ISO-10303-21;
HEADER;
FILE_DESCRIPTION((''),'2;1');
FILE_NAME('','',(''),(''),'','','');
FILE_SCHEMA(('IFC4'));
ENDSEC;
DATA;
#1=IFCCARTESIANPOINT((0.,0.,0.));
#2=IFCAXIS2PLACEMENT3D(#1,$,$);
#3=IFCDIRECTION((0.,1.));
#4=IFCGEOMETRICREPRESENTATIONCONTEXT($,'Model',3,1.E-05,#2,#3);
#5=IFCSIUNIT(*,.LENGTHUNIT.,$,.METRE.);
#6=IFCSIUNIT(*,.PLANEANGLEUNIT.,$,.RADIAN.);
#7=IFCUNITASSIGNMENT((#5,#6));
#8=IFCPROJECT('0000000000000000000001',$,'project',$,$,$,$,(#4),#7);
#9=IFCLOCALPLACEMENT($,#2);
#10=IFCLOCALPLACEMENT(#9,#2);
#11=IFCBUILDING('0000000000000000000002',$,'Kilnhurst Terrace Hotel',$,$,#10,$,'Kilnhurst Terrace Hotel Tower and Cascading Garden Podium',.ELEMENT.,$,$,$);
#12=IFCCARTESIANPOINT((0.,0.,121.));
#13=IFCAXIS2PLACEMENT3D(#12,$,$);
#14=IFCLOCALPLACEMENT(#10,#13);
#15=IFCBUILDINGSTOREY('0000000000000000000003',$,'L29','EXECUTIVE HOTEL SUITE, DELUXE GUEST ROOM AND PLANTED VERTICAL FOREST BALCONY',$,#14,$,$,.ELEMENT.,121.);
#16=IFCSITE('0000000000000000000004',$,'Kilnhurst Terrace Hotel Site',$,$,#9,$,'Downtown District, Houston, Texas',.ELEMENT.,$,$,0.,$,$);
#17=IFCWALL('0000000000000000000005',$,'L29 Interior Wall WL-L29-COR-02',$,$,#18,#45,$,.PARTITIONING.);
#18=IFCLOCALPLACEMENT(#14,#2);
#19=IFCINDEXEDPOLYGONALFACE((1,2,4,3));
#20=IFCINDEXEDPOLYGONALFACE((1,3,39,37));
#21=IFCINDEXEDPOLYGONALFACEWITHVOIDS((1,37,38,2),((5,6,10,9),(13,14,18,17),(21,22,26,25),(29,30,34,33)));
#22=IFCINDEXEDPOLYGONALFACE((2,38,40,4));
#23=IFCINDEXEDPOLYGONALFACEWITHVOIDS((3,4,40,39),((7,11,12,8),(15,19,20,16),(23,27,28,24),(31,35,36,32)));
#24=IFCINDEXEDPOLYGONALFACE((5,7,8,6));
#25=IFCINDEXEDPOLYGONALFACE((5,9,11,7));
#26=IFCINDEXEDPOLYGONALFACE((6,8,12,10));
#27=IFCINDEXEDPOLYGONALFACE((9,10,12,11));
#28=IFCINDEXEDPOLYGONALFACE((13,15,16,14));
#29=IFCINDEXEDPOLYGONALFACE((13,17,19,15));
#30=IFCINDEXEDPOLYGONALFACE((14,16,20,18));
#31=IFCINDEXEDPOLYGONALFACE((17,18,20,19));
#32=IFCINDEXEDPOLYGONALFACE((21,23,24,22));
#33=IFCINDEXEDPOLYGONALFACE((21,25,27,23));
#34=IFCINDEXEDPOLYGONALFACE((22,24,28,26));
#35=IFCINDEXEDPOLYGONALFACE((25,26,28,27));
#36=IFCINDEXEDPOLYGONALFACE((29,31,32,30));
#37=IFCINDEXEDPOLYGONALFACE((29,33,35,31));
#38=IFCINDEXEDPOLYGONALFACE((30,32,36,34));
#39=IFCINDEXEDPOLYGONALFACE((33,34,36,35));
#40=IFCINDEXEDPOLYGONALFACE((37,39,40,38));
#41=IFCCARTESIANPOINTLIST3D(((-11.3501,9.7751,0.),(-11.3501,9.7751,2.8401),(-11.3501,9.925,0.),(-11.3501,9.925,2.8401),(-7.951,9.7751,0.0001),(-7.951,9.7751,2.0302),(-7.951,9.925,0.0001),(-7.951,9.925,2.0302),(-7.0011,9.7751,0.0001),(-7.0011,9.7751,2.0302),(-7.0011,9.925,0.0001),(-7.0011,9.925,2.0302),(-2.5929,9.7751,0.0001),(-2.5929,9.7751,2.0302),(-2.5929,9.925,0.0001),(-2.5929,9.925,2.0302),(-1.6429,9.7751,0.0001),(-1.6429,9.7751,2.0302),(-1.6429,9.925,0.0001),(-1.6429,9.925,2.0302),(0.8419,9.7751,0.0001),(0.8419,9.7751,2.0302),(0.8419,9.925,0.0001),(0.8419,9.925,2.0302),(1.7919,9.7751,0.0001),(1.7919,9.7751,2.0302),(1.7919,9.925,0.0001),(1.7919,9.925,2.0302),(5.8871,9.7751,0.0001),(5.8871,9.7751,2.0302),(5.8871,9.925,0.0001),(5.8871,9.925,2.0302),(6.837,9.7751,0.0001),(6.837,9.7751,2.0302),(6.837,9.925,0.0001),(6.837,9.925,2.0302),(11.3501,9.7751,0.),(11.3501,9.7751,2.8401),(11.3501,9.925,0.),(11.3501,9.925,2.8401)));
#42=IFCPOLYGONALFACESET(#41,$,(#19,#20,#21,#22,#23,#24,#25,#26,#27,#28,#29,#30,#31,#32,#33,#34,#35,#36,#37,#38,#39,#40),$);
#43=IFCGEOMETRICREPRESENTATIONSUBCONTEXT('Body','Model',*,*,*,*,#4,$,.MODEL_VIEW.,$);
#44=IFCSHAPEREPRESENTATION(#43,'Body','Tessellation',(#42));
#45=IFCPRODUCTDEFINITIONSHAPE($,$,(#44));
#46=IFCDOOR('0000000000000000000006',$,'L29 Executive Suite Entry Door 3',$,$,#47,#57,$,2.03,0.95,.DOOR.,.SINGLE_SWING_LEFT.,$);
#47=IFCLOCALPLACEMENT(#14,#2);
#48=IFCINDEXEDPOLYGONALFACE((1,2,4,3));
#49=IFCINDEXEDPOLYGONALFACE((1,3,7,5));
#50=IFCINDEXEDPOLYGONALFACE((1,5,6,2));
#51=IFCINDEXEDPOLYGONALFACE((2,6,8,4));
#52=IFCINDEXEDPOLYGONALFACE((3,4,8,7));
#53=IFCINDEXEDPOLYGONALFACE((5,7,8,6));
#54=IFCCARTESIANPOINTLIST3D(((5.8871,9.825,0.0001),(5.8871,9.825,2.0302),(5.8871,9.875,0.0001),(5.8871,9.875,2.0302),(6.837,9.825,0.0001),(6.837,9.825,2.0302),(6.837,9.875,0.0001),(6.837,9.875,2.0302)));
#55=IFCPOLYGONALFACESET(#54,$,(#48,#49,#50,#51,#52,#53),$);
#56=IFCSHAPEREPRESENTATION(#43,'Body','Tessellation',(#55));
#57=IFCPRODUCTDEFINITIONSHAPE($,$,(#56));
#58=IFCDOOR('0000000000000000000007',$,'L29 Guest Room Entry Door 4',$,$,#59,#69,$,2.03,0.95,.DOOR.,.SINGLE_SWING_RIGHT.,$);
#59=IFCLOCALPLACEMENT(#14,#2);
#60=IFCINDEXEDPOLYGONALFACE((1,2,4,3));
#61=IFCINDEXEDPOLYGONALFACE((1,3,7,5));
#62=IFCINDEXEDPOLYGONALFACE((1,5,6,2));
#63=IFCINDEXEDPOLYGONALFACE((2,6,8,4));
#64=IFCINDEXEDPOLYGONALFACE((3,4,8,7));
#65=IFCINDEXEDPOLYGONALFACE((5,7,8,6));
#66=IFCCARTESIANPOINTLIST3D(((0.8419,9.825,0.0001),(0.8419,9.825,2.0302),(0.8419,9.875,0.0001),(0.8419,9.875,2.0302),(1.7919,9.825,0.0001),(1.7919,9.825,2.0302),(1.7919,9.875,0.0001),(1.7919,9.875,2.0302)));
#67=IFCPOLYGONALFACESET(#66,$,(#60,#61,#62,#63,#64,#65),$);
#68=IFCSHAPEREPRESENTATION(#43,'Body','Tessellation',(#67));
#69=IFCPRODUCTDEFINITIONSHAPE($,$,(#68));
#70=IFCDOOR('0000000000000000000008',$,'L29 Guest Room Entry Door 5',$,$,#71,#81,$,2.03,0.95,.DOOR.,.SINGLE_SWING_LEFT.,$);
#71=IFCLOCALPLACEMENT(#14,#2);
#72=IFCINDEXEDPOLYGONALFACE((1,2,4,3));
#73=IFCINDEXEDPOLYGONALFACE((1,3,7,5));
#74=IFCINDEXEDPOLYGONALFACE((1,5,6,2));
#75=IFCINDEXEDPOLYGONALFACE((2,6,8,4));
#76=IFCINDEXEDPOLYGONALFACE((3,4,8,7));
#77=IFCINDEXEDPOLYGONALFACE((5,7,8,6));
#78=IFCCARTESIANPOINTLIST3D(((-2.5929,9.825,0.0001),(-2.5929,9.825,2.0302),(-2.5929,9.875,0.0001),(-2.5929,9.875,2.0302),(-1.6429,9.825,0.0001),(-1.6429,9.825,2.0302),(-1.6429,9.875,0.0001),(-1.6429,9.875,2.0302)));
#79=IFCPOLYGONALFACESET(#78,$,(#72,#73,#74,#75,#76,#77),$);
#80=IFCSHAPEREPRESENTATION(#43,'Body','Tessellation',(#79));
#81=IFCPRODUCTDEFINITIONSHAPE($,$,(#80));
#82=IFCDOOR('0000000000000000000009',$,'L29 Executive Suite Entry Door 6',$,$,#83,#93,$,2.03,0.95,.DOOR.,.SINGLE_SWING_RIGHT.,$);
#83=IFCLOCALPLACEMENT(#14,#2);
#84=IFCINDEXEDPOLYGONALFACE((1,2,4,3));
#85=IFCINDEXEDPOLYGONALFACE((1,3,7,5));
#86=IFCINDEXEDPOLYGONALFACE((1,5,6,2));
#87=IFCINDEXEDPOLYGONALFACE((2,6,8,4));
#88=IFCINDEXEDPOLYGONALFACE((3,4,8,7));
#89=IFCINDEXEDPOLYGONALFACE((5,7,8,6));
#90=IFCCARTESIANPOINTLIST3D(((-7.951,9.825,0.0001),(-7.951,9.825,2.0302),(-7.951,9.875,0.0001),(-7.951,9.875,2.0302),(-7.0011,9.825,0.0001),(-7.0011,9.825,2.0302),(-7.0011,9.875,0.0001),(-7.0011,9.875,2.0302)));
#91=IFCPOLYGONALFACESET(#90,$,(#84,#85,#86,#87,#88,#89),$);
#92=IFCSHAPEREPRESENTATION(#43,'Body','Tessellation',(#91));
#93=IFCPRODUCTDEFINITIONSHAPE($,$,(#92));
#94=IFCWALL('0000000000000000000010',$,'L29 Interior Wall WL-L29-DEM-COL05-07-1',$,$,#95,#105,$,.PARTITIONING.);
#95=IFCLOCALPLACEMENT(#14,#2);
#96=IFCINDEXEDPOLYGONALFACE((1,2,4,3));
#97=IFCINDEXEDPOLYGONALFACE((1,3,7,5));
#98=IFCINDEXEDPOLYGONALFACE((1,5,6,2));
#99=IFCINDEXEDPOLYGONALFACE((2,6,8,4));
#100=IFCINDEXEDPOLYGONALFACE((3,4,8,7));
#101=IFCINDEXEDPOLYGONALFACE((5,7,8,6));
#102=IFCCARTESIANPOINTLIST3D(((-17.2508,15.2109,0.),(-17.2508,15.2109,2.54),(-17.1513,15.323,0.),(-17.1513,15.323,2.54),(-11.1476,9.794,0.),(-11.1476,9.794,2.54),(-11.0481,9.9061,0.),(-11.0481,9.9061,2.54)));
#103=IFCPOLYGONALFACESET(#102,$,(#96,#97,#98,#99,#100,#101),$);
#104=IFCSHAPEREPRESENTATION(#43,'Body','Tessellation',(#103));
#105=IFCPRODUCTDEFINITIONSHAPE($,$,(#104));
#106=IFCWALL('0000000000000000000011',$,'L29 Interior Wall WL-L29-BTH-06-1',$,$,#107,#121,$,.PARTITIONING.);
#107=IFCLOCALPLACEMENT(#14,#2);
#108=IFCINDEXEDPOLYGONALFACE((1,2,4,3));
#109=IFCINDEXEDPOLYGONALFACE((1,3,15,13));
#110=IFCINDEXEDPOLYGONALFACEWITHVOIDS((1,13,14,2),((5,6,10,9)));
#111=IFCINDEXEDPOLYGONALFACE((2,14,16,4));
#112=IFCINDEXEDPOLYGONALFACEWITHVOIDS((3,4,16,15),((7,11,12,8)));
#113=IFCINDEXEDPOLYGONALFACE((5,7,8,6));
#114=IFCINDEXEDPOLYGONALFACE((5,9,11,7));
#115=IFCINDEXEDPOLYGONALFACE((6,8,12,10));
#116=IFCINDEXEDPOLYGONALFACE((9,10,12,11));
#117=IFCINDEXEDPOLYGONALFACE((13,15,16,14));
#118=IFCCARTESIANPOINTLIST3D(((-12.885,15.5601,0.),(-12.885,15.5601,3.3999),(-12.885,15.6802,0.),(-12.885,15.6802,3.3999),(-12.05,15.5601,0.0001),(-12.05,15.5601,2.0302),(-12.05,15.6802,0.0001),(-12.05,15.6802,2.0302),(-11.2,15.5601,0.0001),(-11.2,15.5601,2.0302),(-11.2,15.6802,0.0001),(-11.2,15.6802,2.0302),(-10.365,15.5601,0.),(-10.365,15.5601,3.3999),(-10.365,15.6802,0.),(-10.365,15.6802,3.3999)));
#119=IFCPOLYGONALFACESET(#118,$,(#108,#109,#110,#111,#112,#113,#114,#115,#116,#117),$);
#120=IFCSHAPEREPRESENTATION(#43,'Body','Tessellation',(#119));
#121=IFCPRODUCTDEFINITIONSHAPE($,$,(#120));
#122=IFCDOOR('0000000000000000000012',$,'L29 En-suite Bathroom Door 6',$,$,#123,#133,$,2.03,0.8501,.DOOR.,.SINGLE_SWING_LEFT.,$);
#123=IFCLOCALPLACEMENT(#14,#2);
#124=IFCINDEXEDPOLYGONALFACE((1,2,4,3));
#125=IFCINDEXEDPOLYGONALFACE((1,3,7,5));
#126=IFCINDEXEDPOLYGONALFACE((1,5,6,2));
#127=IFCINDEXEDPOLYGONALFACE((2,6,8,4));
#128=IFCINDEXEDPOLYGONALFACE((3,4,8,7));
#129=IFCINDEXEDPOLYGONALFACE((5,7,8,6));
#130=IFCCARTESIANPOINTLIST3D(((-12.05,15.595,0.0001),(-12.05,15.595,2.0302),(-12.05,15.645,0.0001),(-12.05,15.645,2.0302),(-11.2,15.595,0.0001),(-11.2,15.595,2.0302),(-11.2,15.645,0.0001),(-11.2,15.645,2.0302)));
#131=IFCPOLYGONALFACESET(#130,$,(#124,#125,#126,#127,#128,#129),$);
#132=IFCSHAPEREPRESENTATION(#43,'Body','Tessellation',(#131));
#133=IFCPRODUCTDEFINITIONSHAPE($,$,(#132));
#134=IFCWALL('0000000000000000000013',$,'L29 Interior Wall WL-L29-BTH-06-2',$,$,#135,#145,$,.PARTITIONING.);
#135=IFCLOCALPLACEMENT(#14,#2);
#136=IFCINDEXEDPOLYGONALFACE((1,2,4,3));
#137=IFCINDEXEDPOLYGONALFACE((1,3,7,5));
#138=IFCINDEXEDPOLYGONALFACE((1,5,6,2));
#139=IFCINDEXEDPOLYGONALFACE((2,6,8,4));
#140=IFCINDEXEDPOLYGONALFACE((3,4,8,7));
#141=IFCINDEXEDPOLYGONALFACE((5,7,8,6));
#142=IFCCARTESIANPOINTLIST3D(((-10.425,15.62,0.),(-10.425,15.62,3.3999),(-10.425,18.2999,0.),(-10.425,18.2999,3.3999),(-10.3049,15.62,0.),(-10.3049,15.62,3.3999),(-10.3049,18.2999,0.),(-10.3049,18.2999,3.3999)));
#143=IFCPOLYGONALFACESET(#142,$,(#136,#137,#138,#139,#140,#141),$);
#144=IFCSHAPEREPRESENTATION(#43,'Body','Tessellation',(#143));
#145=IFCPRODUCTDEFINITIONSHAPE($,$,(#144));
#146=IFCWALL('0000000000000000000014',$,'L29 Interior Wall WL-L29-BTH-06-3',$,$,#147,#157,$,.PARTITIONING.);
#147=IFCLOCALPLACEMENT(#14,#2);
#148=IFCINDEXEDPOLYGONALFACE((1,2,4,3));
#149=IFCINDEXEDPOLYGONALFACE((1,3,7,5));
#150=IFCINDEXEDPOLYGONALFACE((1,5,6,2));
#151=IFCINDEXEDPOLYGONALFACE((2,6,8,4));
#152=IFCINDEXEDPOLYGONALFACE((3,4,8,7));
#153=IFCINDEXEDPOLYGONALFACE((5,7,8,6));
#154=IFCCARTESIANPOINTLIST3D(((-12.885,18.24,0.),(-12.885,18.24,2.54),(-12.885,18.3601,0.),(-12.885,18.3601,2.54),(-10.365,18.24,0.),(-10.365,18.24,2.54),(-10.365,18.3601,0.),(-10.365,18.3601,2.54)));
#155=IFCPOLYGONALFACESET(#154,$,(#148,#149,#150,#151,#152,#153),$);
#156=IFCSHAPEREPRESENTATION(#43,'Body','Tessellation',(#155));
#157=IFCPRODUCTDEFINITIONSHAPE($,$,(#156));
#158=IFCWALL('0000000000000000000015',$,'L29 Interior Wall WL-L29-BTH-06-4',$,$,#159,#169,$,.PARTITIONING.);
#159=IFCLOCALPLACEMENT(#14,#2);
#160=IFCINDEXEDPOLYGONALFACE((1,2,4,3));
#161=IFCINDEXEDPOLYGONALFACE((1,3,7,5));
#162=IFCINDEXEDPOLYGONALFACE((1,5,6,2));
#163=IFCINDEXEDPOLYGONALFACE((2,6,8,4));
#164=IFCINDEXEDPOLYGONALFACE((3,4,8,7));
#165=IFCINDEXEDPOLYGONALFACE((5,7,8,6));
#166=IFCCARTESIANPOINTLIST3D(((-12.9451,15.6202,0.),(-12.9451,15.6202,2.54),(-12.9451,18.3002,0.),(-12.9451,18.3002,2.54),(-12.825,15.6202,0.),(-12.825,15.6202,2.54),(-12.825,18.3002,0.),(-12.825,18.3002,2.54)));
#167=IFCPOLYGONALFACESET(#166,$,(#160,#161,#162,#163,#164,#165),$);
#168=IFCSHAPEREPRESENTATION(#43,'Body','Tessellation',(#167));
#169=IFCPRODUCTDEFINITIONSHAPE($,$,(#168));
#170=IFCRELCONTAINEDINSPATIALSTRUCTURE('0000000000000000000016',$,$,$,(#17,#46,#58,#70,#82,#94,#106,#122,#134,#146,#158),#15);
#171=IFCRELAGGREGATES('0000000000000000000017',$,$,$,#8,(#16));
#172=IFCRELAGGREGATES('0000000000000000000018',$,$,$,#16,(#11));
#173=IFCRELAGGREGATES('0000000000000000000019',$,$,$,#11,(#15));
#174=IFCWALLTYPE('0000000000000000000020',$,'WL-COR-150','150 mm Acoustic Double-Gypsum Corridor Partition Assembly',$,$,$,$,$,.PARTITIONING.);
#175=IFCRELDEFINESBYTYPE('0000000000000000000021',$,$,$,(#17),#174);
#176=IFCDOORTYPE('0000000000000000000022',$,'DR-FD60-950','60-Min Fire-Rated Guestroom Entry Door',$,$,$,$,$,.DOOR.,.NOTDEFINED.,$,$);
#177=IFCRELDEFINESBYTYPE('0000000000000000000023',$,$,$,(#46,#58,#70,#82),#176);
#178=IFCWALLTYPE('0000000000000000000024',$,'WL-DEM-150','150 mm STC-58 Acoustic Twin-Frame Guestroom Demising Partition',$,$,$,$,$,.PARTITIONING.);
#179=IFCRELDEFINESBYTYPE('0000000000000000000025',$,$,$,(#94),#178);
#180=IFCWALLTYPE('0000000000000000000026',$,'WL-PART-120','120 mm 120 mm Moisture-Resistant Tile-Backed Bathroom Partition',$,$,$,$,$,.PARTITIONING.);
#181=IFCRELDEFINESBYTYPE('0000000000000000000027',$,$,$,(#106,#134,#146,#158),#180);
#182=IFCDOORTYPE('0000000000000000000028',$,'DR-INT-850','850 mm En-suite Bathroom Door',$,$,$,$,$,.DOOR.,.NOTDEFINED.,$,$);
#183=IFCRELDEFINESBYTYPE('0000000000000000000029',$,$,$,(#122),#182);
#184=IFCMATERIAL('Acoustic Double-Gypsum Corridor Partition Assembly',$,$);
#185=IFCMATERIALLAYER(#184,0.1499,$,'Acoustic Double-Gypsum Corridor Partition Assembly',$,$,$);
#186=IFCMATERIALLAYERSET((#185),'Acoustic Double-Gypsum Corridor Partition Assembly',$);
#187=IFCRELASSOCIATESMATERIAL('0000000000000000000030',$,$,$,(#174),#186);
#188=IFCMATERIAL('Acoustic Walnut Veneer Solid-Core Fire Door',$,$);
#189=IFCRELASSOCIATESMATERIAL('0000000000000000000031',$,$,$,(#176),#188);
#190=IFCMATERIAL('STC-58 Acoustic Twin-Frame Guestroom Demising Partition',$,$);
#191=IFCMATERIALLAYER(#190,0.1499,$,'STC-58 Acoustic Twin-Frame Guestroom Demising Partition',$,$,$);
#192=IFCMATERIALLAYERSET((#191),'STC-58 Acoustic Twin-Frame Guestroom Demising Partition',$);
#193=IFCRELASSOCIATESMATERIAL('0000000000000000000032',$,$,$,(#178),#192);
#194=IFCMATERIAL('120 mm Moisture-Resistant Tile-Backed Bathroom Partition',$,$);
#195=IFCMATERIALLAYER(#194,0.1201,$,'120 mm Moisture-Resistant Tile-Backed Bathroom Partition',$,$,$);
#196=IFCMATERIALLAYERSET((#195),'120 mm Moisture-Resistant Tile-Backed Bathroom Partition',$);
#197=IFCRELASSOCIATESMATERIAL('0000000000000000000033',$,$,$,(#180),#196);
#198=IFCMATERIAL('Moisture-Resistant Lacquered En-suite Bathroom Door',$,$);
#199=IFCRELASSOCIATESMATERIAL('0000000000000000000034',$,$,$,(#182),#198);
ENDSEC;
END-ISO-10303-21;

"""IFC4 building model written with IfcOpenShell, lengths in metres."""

from ifc_helpers import new_model, si_unit, direction, frame, frame_2d, origin, place, context, subcontext, project, spatial, rectangle, extrude, material, layer, layer_set, type_object, element, fill, save


model = new_model("IFC4")

# Units and contexts
model_context = context("Model", 3, precision=1e-05, world=origin(), true_north=direction((0.0, 1.0)))
body_context = subcontext(model_context, "Body", "Model", "MODEL_VIEW")
ifc_project = project(units=[si_unit("LENGTHUNIT", "METRE"), si_unit("PLANEANGLEUNIT", "RADIAN")], contexts=[model_context])

# Site, building, storey
site_placement = place(None, origin())
site = spatial("IfcSite", under=ifc_project, at=site_placement, Name="Kilnhurst Terrace Hotel Site", LongName="Downtown District, Houston, Texas", CompositionType="ELEMENT", RefElevation=0.0)
building_placement = place(site_placement, origin())
building = spatial("IfcBuilding", under=site, at=building_placement, Name="Kilnhurst Terrace Hotel", LongName="Kilnhurst Terrace Hotel Tower and Cascading Garden Podium", CompositionType="ELEMENT")
storey_placement = place(building_placement, frame((0.0, 0.0, 121.0)))
storey = spatial("IfcBuildingStorey", under=building, at=storey_placement, Name="L29", Description="EXECUTIVE HOTEL SUITE, DELUXE GUEST ROOM AND PLANTED VERTICAL FOREST BALCONY", CompositionType="ELEMENT", Elevation=121.0)

# Wall, openings, doors
ifc_material_1 = material(Name="Acoustic Double-Gypsum Corridor Partition Assembly")
ifc_layer_1 = layer(ifc_material_1, 0.1499, Name="Acoustic Double-Gypsum Corridor Partition Assembly")
ifc_layer_set_1 = layer_set([ifc_layer_1], Name="Acoustic Double-Gypsum Corridor Partition Assembly")
wall_type_1 = type_object("IfcWallType", Name="WL-COR-150", Description="150 mm Acoustic Double-Gypsum Corridor Partition Assembly", PredefinedType="PARTITIONING", material=ifc_layer_set_1)
wall_1_placement = place(storey_placement, frame((-11.3501, 9.8501, 0.0), z_axis=(0.0, 0.0, 1.0), x_axis=(1.0, 0.0, 0.0)))
wall_1 = element("IfcWall", 1, at=wall_1_placement, inside=storey, type_object=wall_type_1, Name="L29 Interior Wall WL-L29-COR-02", PredefinedType="PARTITIONING", context=body_context, shape_type="SweptSolid", body=[
    extrude(rectangle(XDim=22.7002, YDim=0.1499, at=frame_2d((11.3501, 0.0))), origin(), (0.0, 0.0, 1.0), 2.8401),
])
opening_1_placement = place(wall_1_placement, frame((17.2371, 0.0, 0.0)))
opening_1 = element("IfcOpeningElement", 2, at=opening_1_placement, cuts=wall_1, PredefinedType="OPENING", context=body_context, shape_type="SweptSolid", body=[
    extrude(rectangle(XDim=0.95, YDim=2.03, at=frame_2d((0.4751, 1.0151))), frame((0.0, 0.085, 0.0), z_axis=(0.0, -1.0, 0.0), x_axis=(1.0, 0.0, 0.0)), (0.0, 0.0, 1.0), 0.1699),
])
opening_2_placement = place(wall_1_placement, frame((12.1919, 0.0, 0.0)))
opening_2 = element("IfcOpeningElement", 3, at=opening_2_placement, cuts=wall_1, PredefinedType="OPENING", context=body_context, shape_type="SweptSolid", body=[
    extrude(rectangle(XDim=0.95, YDim=2.03, at=frame_2d((0.4751, 1.0151))), frame((0.0, 0.085, 0.0), z_axis=(0.0, -1.0, 0.0), x_axis=(1.0, 0.0, 0.0)), (0.0, 0.0, 1.0), 0.1699),
])
opening_3_placement = place(wall_1_placement, frame((8.7571, 0.0, 0.0)))
opening_3 = element("IfcOpeningElement", 4, at=opening_3_placement, cuts=wall_1, PredefinedType="OPENING", context=body_context, shape_type="SweptSolid", body=[
    extrude(rectangle(XDim=0.95, YDim=2.03, at=frame_2d((0.4751, 1.0151))), frame((0.0, 0.085, 0.0), z_axis=(0.0, -1.0, 0.0), x_axis=(1.0, 0.0, 0.0)), (0.0, 0.0, 1.0), 0.1699),
])
opening_4_placement = place(wall_1_placement, frame((3.3989, 0.0, 0.0)))
opening_4 = element("IfcOpeningElement", 5, at=opening_4_placement, cuts=wall_1, PredefinedType="OPENING", context=body_context, shape_type="SweptSolid", body=[
    extrude(rectangle(XDim=0.95, YDim=2.03, at=frame_2d((0.4751, 1.0151))), frame((0.0, 0.085, 0.0), z_axis=(0.0, -1.0, 0.0), x_axis=(1.0, 0.0, 0.0)), (0.0, 0.0, 1.0), 0.1699),
])
ifc_material_2 = material(Name="Acoustic Walnut Veneer Solid-Core Fire Door")
door_type_1 = type_object("IfcDoorType", Name="DR-FD60-950", Description="60-Min Fire-Rated Guestroom Entry Door", OperationType="NOTDEFINED", PredefinedType="DOOR", material=ifc_material_2)
door_1_placement = place(opening_1_placement, origin())
door_1 = element("IfcDoor", 6, at=door_1_placement, inside=storey, type_object=door_type_1, Name="L29 Executive Suite Entry Door 3", OperationType="SINGLE_SWING_LEFT", OverallHeight=2.03, OverallWidth=0.95, PredefinedType="DOOR", context=body_context, shape_type="SweptSolid", body=[
    extrude(rectangle(XDim=0.95, YDim=2.03, at=frame_2d((0.4751, 1.0151))), frame((0.0, 0.0249, 0.0), z_axis=(0.0, -1.0, 0.0), x_axis=(1.0, 0.0, 0.0)), (0.0, 0.0, 1.0), 0.05),
])
fill(opening_1, door_1)
door_2_placement = place(opening_2_placement, origin())
door_2 = element("IfcDoor", 7, at=door_2_placement, inside=storey, type_object=door_type_1, Name="L29 Guest Room Entry Door 4", OperationType="SINGLE_SWING_RIGHT", OverallHeight=2.03, OverallWidth=0.95, PredefinedType="DOOR", context=body_context, shape_type="SweptSolid", body=[
    extrude(rectangle(XDim=0.95, YDim=2.03, at=frame_2d((0.4751, 1.0151))), frame((0.0, 0.0249, 0.0), z_axis=(0.0, -1.0, 0.0), x_axis=(1.0, 0.0, 0.0)), (0.0, 0.0, 1.0), 0.05),
])
fill(opening_2, door_2)
door_3_placement = place(opening_3_placement, origin())
door_3 = element("IfcDoor", 8, at=door_3_placement, inside=storey, type_object=door_type_1, Name="L29 Guest Room Entry Door 5", OperationType="SINGLE_SWING_LEFT", OverallHeight=2.03, OverallWidth=0.95, PredefinedType="DOOR", context=body_context, shape_type="SweptSolid", body=[
    extrude(rectangle(XDim=0.95, YDim=2.03, at=frame_2d((0.4751, 1.0151))), frame((0.0, 0.0249, 0.0), z_axis=(0.0, -1.0, 0.0), x_axis=(1.0, 0.0, 0.0)), (0.0, 0.0, 1.0), 0.05),
])
fill(opening_3, door_3)
door_4_placement = place(opening_4_placement, origin())
door_4 = element("IfcDoor", 9, at=door_4_placement, inside=storey, type_object=door_type_1, Name="L29 Executive Suite Entry Door 6", OperationType="SINGLE_SWING_RIGHT", OverallHeight=2.03, OverallWidth=0.95, PredefinedType="DOOR", context=body_context, shape_type="SweptSolid", body=[
    extrude(rectangle(XDim=0.95, YDim=2.03, at=frame_2d((0.4751, 1.0151))), frame((0.0, 0.0249, 0.0), z_axis=(0.0, -1.0, 0.0), x_axis=(1.0, 0.0, 0.0)), (0.0, 0.0, 1.0), 0.05),
])
fill(opening_4, door_4)

# Wall
ifc_material_3 = material(Name="STC-58 Acoustic Twin-Frame Guestroom Demising Partition")
ifc_layer_2 = layer(ifc_material_3, 0.1499, Name="STC-58 Acoustic Twin-Frame Guestroom Demising Partition")
ifc_layer_set_2 = layer_set([ifc_layer_2], Name="STC-58 Acoustic Twin-Frame Guestroom Demising Partition")
wall_type_2 = type_object("IfcWallType", Name="WL-DEM-150", Description="150 mm STC-58 Acoustic Twin-Frame Guestroom Demising Partition", PredefinedType="PARTITIONING", material=ifc_layer_set_2)
wall_2_placement = place(storey_placement, frame((-11.0979, 9.8501, 0.0), z_axis=(0.0, 0.0, 1.0), x_axis=(-0.747904, 0.663807, 0.0)))
element("IfcWall", 10, at=wall_2_placement, inside=storey, type_object=wall_type_2, Name="L29 Interior Wall WL-L29-DEM-COL05-07-1", PredefinedType="PARTITIONING", context=body_context, shape_type="SweptSolid", body=[
    extrude(rectangle(XDim=8.1604, YDim=0.1499, at=frame_2d((4.0801, 0.0))), origin(), (0.0, 0.0, 1.0), 2.54),
])

# Wall, opening, door
ifc_material_4 = material(Name="120 mm Moisture-Resistant Tile-Backed Bathroom Partition")
ifc_layer_3 = layer(ifc_material_4, 0.1201, Name="120 mm Moisture-Resistant Tile-Backed Bathroom Partition")
ifc_layer_set_3 = layer_set([ifc_layer_3], Name="120 mm Moisture-Resistant Tile-Backed Bathroom Partition")
wall_type_3 = type_object("IfcWallType", Name="WL-PART-120", Description="120 mm 120 mm Moisture-Resistant Tile-Backed Bathroom Partition", PredefinedType="PARTITIONING", material=ifc_layer_set_3)
wall_3_placement = place(storey_placement, frame((-12.885, 15.6201, 0.0), z_axis=(0.0, 0.0, 1.0), x_axis=(1.0, 0.0, 0.0)))
wall_3 = element("IfcWall", 11, at=wall_3_placement, inside=storey, type_object=wall_type_3, Name="L29 Interior Wall WL-L29-BTH-06-1", PredefinedType="PARTITIONING", context=body_context, shape_type="SweptSolid", body=[
    extrude(rectangle(XDim=2.52, YDim=0.1201, at=frame_2d((1.26, 0.0))), origin(), (0.0, 0.0, 1.0), 3.3999),
])
opening_5_placement = place(wall_3_placement, frame((0.835, 0.0, 0.0)))
opening_5 = element("IfcOpeningElement", 12, at=opening_5_placement, cuts=wall_3, PredefinedType="OPENING", context=body_context, shape_type="SweptSolid", body=[
    extrude(rectangle(XDim=0.8501, YDim=2.03, at=frame_2d((0.425, 1.0151))), frame((0.0, 0.0701, 0.0), z_axis=(0.0, -1.0, 0.0), x_axis=(1.0, 0.0, 0.0)), (0.0, 0.0, 1.0), 0.1401),
])
ifc_material_5 = material(Name="Moisture-Resistant Lacquered En-suite Bathroom Door")
door_type_2 = type_object("IfcDoorType", Name="DR-INT-850", Description="850 mm En-suite Bathroom Door", OperationType="NOTDEFINED", PredefinedType="DOOR", material=ifc_material_5)
door_5_placement = place(opening_5_placement, origin())
door_5 = element("IfcDoor", 13, at=door_5_placement, inside=storey, type_object=door_type_2, Name="L29 En-suite Bathroom Door 6", OperationType="SINGLE_SWING_LEFT", OverallHeight=2.03, OverallWidth=0.8501, PredefinedType="DOOR", context=body_context, shape_type="SweptSolid", body=[
    extrude(rectangle(XDim=0.8501, YDim=2.03, at=frame_2d((0.425, 1.0151))), frame((0.0, 0.0249, 0.0), z_axis=(0.0, -1.0, 0.0), x_axis=(1.0, 0.0, 0.0)), (0.0, 0.0, 1.0), 0.05),
])
fill(opening_5, door_5)

# Walls
wall_4_placement = place(storey_placement, frame((-10.365, 15.6201, 0.0), z_axis=(0.0, 0.0, 1.0), x_axis=(0.0, 1.0, 0.0)))
element("IfcWall", 14, at=wall_4_placement, inside=storey, type_object=wall_type_3, Name="L29 Interior Wall WL-L29-BTH-06-2", PredefinedType="PARTITIONING", context=body_context, shape_type="SweptSolid", body=[
    extrude(rectangle(XDim=2.6799, YDim=0.1201, at=frame_2d((1.3398, 0.0))), origin(), (0.0, 0.0, 1.0), 3.3999),
])
wall_5_placement = place(storey_placement, frame((-10.365, 18.3, 0.0), z_axis=(0.0, 0.0, 1.0), x_axis=(-1.0, 0.0, 0.0)))
element("IfcWall", 15, at=wall_5_placement, inside=storey, type_object=wall_type_3, Name="L29 Interior Wall WL-L29-BTH-06-3", PredefinedType="PARTITIONING", context=body_context, shape_type="SweptSolid", body=[
    extrude(rectangle(XDim=2.52, YDim=0.1201, at=frame_2d((1.26, 0.0))), origin(), (0.0, 0.0, 1.0), 2.54),
])
wall_6_placement = place(storey_placement, frame((-12.885, 18.3, 0.0), z_axis=(0.0, 0.0, 1.0), x_axis=(0.0, -1.0, 0.0)))
element("IfcWall", 16, at=wall_6_placement, inside=storey, type_object=wall_type_3, Name="L29 Interior Wall WL-L29-BTH-06-4", PredefinedType="PARTITIONING", context=body_context, shape_type="SweptSolid", body=[
    extrude(rectangle(XDim=2.6799, YDim=0.1201, at=frame_2d((1.3398, 0.0))), origin(), (0.0, 0.0, 1.0), 2.54),
])

save(model, "model.ifc")
